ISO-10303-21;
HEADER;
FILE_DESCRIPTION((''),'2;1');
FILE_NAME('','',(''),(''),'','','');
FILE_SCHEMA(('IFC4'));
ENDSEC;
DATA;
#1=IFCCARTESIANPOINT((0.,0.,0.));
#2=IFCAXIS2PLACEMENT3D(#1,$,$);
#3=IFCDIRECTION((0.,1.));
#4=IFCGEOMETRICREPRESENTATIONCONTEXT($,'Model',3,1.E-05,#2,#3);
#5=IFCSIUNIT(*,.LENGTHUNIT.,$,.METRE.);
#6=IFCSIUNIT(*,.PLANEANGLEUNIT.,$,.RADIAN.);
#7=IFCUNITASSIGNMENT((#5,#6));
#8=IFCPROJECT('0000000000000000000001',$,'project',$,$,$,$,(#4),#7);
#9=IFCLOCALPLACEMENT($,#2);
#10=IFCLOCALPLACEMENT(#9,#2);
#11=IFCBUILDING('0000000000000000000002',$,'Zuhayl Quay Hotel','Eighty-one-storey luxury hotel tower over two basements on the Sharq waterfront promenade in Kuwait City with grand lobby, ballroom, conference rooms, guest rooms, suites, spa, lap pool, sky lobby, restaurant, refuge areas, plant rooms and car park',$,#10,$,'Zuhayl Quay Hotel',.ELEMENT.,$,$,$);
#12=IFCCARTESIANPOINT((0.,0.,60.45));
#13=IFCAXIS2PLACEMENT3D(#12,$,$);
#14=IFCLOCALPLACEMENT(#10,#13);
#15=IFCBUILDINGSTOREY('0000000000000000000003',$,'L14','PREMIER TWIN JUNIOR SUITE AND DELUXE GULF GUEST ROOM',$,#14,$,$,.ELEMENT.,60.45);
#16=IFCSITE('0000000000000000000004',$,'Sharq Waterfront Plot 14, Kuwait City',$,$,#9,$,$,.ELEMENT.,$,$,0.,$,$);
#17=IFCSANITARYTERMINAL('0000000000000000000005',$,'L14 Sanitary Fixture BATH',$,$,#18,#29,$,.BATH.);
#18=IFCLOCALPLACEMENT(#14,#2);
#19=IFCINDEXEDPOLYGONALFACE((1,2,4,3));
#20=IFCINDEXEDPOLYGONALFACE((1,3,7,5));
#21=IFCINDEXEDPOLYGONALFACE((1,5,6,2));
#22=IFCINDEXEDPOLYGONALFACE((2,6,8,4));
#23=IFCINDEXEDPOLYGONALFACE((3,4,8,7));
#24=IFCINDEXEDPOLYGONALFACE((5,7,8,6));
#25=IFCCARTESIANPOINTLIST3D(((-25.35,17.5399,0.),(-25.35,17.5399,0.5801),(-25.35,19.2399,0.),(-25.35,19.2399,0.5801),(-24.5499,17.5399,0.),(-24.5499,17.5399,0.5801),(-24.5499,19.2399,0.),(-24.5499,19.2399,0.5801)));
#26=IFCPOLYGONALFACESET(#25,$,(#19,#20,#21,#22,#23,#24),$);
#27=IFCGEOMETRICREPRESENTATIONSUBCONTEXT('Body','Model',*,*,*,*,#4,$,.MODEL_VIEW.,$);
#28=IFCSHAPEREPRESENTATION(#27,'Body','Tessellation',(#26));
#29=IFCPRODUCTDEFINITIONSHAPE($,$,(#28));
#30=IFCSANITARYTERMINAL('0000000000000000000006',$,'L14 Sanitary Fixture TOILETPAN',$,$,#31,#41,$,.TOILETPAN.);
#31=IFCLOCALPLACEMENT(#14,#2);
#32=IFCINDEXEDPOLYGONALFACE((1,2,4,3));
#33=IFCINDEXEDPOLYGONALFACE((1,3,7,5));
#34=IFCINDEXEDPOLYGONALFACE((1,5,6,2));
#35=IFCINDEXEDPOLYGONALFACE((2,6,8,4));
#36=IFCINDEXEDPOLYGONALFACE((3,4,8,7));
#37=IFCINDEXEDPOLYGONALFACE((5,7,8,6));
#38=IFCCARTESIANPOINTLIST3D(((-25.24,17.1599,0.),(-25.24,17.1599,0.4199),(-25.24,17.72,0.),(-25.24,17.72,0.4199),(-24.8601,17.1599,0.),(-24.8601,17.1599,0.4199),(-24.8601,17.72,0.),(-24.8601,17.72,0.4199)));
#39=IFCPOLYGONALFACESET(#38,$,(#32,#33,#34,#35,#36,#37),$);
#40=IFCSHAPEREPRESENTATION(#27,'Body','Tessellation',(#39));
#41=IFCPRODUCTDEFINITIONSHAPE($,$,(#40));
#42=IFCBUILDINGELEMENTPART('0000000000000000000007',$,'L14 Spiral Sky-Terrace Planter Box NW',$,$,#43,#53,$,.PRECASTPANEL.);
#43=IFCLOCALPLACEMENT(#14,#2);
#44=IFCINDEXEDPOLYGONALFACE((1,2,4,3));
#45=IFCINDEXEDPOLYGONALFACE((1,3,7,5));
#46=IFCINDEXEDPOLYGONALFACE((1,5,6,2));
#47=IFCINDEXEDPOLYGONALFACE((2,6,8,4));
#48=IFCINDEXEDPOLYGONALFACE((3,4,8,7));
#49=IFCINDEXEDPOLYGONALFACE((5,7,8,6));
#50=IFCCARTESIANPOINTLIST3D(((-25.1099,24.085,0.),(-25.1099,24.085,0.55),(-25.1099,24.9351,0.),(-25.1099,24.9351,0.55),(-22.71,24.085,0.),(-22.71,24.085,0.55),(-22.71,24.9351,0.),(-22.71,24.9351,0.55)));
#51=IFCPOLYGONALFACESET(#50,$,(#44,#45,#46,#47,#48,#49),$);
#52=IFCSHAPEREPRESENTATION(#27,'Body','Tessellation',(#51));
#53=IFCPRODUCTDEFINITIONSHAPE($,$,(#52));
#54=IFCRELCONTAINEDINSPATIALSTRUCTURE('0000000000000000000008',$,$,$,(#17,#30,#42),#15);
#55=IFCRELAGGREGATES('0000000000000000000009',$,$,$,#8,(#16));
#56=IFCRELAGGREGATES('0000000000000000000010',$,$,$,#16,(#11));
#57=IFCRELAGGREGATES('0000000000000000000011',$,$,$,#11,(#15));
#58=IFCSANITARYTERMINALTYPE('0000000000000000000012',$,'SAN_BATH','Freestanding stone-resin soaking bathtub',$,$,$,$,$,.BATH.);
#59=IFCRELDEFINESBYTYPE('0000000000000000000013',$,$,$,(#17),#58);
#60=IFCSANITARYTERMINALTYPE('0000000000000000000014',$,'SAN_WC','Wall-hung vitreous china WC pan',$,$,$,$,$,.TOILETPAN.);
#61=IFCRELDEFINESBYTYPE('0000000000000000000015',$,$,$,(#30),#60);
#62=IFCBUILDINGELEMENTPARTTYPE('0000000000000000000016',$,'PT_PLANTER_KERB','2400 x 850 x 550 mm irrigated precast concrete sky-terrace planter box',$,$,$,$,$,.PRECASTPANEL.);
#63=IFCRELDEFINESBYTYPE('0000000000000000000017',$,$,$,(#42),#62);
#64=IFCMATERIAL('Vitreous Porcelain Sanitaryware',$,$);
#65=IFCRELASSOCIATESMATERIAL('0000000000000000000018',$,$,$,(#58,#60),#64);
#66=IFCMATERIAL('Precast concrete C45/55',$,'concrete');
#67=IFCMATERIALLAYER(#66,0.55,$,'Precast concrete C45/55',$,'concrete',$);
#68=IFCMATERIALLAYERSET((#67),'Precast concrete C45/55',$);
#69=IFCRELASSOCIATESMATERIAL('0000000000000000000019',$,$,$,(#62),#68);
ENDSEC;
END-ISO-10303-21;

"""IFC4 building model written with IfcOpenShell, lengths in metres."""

from ifc_helpers import new_model, si_unit, direction, frame, origin, origin_2d, place, context, subcontext, project, spatial, rectangle, extrude, material, layer, layer_set, type_object, element, save


model = new_model("IFC4")

# Units and contexts
model_context = context("Model", 3, precision=1e-05, world=origin(), true_north=direction((0.0, 1.0)))
body_context = subcontext(model_context, "Body", "Model", "MODEL_VIEW")
ifc_project = project(units=[si_unit("LENGTHUNIT", "METRE"), si_unit("PLANEANGLEUNIT", "RADIAN")], contexts=[model_context])

# Site, building, storey
site_placement = place(None, origin())
site = spatial("IfcSite", under=ifc_project, at=site_placement, Name="Sharq Waterfront Plot 14, Kuwait City", CompositionType="ELEMENT", RefElevation=0.0)
building_placement = place(site_placement, origin())
building = spatial("IfcBuilding", under=site, at=building_placement, Name="Zuhayl Quay Hotel", Description="Eighty-one-storey luxury hotel tower over two basements on the Sharq waterfront promenade in Kuwait City with grand lobby, ballroom, conference rooms, guest rooms, suites, spa, lap pool, sky lobby, restaurant, refuge areas, plant rooms and car park", LongName="Zuhayl Quay Hotel", CompositionType="ELEMENT")
storey_placement = place(building_placement, frame((0.0, 0.0, 60.45)))
storey = spatial("IfcBuildingStorey", under=building, at=storey_placement, Name="L14", Description="PREMIER TWIN JUNIOR SUITE AND DELUXE GULF GUEST ROOM", CompositionType="ELEMENT", Elevation=60.45)

# Shared definitions
ifc_material_1 = material(Name="Precast concrete C45/55", Category="concrete")

# Sanitary terminals
ifc_material_2 = material(Name="Vitreous Porcelain Sanitaryware")
sanitary_terminal_type_1 = type_object("IfcSanitaryTerminalType", Name="SAN_BATH", Description="Freestanding stone-resin soaking bathtub", PredefinedType="BATH", material=ifc_material_2)
sanitary_terminal_1_placement = place(storey_placement, frame((-24.95, 18.3899, 0.0), z_axis=(0.0, 0.0, 1.0), x_axis=(1.0, 0.0, 0.0)))
element("IfcSanitaryTerminal", 1, at=sanitary_terminal_1_placement, inside=storey, type_object=sanitary_terminal_type_1, Name="L14 Sanitary Fixture BATH", PredefinedType="BATH", context=body_context, shape_type="SweptSolid", body=[
    extrude(rectangle(XDim=0.8, YDim=1.7, at=origin_2d()), origin(), (0.0, 0.0, 1.0), 0.5801),
])
sanitary_terminal_type_2 = type_object("IfcSanitaryTerminalType", Name="SAN_WC", Description="Wall-hung vitreous china WC pan", PredefinedType="TOILETPAN", material=ifc_material_2)
sanitary_terminal_2_placement = place(storey_placement, frame((-25.05, 17.4399, 0.0), z_axis=(0.0, 0.0, 1.0), x_axis=(1.0, 0.0, 0.0)))
element("IfcSanitaryTerminal", 2, at=sanitary_terminal_2_placement, inside=storey, type_object=sanitary_terminal_type_2, Name="L14 Sanitary Fixture TOILETPAN", PredefinedType="TOILETPAN", context=body_context, shape_type="SweptSolid", body=[
    extrude(rectangle(XDim=0.3799, YDim=0.5601, at=origin_2d()), origin(), (0.0, 0.0, 1.0), 0.4199),
])

# Building element part
ifc_layer_1 = layer(ifc_material_1, 0.55, Name="Precast concrete C45/55", Category="concrete")
ifc_layer_set_1 = layer_set([ifc_layer_1], Name="Precast concrete C45/55")
building_element_part_type = type_object("IfcBuildingElementPartType", Name="PT_PLANTER_KERB", Description="2400 x 850 x 550 mm irrigated precast concrete sky-terrace planter box", PredefinedType="PRECASTPANEL", material=ifc_layer_set_1)
building_element_part_placement = place(storey_placement, frame((-23.9099, 24.51, 0.0), z_axis=(0.0, 0.0, 1.0), x_axis=(1.0, 0.0, 0.0)))
element("IfcBuildingElementPart", 3, at=building_element_part_placement, inside=storey, type_object=building_element_part_type, Name="L14 Spiral Sky-Terrace Planter Box NW", PredefinedType="PRECASTPANEL", context=body_context, shape_type="SweptSolid", body=[
    extrude(rectangle(XDim=2.3999, YDim=0.8501, at=origin_2d()), origin(), (0.0, 0.0, 1.0), 0.55),
])

save(model, "model.ifc")
